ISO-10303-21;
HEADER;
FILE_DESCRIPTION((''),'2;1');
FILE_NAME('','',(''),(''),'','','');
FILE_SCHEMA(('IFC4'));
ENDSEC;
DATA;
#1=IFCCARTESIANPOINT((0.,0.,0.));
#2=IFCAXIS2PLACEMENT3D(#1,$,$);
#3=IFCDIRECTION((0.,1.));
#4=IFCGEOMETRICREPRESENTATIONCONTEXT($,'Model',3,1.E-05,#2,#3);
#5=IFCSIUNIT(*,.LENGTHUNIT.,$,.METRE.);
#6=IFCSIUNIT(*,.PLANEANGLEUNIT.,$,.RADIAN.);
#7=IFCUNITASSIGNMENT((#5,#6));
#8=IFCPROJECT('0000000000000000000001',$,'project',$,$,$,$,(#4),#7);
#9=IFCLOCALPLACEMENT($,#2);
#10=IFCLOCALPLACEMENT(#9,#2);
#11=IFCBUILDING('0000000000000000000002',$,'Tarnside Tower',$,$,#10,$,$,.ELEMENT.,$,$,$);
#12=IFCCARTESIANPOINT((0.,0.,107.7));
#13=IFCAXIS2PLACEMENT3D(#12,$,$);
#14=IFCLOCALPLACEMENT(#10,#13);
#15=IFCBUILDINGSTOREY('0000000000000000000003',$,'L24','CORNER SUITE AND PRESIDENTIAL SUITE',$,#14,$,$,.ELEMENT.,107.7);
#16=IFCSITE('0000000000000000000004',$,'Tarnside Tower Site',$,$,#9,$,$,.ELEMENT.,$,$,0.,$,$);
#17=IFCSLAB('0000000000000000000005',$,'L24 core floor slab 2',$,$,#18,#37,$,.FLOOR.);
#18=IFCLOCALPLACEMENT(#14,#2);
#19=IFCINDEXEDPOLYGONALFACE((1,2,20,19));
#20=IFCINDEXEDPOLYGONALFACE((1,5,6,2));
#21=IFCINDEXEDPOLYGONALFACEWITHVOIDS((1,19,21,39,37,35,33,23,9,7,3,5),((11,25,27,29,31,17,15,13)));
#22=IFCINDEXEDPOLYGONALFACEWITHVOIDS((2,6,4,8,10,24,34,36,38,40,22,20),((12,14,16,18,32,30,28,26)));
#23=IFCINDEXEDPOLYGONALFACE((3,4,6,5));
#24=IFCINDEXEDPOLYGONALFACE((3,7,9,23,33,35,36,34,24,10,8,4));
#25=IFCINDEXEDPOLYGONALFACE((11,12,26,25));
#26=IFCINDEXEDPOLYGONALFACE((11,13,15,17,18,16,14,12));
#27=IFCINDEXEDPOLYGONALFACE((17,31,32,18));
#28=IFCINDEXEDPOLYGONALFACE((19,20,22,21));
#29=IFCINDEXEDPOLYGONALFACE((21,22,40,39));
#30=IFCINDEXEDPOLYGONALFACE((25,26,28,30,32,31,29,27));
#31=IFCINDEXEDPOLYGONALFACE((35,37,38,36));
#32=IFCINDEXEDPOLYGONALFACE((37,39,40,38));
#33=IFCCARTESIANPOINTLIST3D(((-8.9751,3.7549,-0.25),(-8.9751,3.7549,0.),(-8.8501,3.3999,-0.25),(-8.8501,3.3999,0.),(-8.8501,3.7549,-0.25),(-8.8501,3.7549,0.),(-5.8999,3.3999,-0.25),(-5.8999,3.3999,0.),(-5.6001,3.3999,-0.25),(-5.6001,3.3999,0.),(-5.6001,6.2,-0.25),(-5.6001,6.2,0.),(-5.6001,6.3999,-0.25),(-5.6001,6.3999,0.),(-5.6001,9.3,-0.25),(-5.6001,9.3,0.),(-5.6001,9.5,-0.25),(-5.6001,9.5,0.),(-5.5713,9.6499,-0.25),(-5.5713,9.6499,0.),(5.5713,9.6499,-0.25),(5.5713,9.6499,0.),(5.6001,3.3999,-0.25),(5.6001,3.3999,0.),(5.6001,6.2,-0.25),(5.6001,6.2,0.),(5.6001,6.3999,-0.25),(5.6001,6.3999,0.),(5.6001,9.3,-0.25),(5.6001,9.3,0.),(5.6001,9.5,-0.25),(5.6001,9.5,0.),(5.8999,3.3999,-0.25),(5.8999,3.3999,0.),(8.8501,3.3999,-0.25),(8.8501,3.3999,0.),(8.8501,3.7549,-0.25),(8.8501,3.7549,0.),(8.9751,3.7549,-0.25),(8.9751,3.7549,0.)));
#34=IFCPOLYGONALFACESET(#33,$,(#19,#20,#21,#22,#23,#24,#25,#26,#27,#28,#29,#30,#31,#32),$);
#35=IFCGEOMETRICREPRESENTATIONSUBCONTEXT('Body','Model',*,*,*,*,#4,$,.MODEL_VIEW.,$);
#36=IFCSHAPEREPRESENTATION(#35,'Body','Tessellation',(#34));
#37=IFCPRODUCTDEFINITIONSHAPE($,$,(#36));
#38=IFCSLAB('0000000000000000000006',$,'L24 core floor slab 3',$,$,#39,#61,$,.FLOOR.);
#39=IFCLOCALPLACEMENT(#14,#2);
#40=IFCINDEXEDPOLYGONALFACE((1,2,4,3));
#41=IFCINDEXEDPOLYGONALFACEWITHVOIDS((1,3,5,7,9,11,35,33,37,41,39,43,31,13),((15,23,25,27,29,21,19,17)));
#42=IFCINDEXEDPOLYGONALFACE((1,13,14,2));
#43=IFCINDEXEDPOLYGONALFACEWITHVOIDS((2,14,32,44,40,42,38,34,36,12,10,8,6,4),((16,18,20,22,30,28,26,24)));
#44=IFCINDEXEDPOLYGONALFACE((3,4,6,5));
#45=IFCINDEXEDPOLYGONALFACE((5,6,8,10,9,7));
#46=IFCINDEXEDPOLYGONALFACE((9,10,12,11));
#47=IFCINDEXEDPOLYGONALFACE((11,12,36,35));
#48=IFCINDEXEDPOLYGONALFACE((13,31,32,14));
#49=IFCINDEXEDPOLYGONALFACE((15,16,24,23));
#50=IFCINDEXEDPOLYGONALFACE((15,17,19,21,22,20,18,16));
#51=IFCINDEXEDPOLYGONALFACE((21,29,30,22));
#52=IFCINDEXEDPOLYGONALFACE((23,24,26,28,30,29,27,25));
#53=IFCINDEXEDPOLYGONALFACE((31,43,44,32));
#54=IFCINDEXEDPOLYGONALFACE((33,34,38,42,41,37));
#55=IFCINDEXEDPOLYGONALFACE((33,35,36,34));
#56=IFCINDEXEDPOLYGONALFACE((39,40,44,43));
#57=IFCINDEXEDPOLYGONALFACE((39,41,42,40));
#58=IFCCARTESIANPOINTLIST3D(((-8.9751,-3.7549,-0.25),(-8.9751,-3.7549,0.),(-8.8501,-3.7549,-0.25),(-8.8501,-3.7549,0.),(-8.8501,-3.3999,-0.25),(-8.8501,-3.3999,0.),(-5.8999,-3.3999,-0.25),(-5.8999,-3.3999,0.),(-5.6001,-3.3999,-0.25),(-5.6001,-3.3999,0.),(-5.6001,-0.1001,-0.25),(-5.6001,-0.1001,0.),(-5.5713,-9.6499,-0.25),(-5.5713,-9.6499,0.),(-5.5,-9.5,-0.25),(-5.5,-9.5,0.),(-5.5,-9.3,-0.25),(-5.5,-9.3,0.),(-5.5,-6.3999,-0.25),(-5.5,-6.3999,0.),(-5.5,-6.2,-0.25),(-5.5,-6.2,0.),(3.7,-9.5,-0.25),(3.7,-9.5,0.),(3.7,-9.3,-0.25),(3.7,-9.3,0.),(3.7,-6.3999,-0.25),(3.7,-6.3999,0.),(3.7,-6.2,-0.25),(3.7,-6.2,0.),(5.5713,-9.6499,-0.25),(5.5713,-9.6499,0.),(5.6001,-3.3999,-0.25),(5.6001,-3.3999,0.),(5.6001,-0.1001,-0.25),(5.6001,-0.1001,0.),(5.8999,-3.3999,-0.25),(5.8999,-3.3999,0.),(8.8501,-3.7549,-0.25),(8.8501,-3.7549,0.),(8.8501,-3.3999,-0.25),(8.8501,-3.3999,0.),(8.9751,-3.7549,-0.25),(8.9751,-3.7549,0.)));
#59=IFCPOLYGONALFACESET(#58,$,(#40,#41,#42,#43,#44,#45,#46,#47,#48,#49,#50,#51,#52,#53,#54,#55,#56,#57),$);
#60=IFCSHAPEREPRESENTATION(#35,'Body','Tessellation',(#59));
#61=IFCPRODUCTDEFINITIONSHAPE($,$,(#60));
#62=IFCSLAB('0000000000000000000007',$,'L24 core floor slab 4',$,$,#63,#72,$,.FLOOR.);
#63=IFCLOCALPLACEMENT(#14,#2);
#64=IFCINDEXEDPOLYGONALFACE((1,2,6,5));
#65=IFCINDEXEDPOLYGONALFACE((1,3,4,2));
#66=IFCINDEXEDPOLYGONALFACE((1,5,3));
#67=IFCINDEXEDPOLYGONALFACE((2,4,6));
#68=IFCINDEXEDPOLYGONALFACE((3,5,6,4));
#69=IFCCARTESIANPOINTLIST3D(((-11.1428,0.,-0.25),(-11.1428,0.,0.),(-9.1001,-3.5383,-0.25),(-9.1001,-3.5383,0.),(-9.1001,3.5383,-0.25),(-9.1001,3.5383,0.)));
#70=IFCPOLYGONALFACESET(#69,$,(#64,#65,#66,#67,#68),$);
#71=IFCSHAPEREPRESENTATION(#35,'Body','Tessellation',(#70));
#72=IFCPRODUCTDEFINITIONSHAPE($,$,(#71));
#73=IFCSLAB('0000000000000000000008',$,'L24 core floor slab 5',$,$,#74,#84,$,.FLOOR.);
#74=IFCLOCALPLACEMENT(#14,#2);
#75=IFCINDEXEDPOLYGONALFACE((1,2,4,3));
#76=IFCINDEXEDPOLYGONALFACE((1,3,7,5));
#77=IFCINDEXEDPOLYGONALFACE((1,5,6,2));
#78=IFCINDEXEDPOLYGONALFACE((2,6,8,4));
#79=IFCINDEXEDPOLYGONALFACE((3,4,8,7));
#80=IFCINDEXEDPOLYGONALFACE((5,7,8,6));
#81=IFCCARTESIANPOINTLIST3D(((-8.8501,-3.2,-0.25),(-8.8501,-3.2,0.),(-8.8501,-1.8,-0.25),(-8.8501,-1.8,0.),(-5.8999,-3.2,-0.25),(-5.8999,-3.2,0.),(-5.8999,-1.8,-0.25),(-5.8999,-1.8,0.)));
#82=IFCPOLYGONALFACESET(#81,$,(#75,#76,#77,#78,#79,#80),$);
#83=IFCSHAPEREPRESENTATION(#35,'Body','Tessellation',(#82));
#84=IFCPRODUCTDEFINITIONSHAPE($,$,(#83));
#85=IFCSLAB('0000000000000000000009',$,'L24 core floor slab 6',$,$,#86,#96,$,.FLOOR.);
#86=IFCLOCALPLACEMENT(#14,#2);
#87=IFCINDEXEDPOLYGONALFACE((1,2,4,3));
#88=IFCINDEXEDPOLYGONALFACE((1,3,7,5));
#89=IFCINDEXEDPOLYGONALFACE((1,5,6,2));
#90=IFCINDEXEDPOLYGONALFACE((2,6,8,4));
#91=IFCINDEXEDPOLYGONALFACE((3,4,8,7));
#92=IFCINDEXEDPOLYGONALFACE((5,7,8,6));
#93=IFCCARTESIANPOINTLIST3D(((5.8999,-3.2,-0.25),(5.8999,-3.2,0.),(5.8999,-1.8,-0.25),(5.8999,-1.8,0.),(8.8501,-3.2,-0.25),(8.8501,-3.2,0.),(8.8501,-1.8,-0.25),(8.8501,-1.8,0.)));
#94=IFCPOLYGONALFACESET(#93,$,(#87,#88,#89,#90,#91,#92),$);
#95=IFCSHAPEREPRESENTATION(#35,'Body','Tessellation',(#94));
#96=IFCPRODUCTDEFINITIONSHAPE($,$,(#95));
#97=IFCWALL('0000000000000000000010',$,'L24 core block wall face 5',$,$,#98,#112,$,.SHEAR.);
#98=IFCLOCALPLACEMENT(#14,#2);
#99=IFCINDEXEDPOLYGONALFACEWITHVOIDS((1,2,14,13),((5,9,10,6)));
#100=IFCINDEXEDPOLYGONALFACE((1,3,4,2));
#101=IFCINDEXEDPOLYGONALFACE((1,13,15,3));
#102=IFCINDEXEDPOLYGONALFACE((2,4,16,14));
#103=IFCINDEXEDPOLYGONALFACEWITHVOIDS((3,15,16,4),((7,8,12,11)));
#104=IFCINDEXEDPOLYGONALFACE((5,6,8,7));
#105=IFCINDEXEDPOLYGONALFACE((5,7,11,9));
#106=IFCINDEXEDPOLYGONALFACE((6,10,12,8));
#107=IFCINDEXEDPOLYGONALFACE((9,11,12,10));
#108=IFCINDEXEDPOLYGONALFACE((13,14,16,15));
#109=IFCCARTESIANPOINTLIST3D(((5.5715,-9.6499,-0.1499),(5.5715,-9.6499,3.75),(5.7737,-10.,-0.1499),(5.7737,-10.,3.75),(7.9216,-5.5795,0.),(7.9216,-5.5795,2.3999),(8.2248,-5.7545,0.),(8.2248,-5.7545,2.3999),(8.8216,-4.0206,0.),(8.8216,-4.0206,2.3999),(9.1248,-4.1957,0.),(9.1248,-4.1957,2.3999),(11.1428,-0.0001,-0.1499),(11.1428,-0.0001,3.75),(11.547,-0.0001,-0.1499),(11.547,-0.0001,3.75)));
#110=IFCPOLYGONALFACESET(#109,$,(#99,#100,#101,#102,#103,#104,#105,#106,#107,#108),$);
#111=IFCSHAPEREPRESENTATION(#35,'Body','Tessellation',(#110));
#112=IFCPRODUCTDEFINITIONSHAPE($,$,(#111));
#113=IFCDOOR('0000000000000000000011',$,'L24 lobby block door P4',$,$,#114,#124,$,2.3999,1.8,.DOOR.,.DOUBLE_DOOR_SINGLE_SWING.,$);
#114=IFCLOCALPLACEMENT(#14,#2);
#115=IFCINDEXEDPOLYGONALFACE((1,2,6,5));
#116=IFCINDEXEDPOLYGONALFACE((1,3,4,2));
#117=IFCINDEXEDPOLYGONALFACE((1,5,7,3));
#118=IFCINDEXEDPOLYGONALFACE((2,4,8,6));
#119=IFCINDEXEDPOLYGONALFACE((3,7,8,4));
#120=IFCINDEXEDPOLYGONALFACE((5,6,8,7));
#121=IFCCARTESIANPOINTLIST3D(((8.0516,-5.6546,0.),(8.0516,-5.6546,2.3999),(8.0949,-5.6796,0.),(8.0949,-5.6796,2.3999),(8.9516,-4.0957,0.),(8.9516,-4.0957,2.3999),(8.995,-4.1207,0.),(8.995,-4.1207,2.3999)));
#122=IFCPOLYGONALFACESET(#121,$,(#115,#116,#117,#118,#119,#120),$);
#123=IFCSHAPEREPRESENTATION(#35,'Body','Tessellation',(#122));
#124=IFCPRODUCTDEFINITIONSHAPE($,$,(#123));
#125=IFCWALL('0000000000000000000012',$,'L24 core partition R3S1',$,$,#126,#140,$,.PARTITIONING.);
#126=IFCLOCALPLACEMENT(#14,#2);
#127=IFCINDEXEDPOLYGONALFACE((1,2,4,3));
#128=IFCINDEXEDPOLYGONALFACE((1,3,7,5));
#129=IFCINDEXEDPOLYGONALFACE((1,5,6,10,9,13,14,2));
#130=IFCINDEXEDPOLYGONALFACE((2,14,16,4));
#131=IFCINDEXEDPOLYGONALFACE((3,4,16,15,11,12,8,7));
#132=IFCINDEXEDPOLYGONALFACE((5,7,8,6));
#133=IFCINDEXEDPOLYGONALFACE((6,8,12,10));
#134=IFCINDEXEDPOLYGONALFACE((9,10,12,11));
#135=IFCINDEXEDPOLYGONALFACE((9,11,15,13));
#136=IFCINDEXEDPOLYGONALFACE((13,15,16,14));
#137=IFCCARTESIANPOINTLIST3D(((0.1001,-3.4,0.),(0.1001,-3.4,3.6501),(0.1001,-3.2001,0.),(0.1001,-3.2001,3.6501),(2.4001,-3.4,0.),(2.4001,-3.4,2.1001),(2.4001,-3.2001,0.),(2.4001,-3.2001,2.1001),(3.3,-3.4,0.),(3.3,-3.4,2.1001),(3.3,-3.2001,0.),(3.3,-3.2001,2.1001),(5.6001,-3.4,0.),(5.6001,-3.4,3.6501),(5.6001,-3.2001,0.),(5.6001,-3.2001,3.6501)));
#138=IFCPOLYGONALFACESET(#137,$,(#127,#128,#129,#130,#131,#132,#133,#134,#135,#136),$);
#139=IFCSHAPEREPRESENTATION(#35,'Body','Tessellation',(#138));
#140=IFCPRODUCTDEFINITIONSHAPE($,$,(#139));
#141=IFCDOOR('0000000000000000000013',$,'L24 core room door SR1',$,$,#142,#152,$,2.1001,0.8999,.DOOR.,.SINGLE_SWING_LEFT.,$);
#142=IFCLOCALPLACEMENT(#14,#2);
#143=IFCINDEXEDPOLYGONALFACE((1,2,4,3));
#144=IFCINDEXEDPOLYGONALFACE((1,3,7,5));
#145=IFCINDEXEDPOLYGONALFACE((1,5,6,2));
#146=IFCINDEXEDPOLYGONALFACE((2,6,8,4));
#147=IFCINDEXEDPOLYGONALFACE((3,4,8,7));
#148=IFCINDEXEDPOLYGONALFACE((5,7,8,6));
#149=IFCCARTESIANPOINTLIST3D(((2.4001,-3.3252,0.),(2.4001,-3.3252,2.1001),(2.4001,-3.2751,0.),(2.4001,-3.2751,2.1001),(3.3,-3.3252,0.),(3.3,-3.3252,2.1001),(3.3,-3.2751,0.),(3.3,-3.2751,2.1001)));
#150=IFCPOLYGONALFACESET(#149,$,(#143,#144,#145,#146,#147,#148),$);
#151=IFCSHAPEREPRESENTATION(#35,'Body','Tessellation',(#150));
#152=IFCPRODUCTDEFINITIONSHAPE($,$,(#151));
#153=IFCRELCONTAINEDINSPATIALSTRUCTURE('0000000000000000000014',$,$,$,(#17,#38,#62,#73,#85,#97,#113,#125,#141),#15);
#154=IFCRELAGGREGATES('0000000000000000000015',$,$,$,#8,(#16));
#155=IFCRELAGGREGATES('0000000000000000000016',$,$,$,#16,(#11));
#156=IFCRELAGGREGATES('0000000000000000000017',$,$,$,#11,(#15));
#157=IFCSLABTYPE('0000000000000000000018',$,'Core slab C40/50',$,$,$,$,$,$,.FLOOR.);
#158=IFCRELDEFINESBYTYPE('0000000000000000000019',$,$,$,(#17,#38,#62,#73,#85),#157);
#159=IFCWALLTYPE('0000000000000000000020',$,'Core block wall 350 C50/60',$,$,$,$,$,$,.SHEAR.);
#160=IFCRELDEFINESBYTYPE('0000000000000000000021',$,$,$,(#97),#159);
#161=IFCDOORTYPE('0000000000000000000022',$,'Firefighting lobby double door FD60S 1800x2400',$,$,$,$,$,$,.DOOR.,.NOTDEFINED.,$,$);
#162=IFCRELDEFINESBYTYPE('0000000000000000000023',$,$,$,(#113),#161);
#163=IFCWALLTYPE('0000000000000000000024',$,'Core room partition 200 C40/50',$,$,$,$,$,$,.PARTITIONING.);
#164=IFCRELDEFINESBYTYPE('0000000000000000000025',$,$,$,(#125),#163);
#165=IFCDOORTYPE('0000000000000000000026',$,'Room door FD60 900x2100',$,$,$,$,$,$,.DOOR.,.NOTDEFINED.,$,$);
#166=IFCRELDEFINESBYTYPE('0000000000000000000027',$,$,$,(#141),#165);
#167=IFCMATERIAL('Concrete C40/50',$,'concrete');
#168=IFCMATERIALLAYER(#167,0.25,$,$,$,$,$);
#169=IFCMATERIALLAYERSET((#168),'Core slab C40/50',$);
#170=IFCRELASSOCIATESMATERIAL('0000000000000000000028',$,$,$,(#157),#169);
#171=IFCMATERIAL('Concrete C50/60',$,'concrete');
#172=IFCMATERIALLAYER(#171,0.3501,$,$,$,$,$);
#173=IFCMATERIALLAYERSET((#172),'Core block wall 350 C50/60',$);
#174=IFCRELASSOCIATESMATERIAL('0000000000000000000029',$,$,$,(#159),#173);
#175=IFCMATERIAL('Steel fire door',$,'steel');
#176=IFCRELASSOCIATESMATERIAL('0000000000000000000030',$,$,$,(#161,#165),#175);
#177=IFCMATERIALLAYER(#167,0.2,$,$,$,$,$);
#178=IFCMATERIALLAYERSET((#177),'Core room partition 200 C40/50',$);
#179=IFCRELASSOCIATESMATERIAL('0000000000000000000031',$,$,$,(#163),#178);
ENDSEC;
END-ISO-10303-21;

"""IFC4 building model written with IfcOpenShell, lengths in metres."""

from ifc_helpers import new_model, si_unit, direction, frame, frame_2d, origin, place, context, subcontext, project, spatial, polyline, rectangle, outline, extrude, material, layer, layer_set, type_object, element, fill, save


model = new_model("IFC4")

# Units and contexts
model_context = context("Model", 3, precision=1e-05, world=origin(), true_north=direction((0.0, 1.0)))
body_context = subcontext(model_context, "Body", "Model", "MODEL_VIEW")
ifc_project = project(units=[si_unit("LENGTHUNIT", "METRE"), si_unit("PLANEANGLEUNIT", "RADIAN")], contexts=[model_context])

# Site, building, storey
site_placement = place(None, origin())
site = spatial("IfcSite", under=ifc_project, at=site_placement, Name="Tarnside Tower Site", CompositionType="ELEMENT", RefElevation=0.0)
building_placement = place(site_placement, origin())
building = spatial("IfcBuilding", under=site, at=building_placement, Name="Tarnside Tower", CompositionType="ELEMENT")
storey_placement = place(building_placement, frame((0.0, 0.0, 107.7)))
storey = spatial("IfcBuildingStorey", under=building, at=storey_placement, Name="L24", Description="CORNER SUITE AND PRESIDENTIAL SUITE", CompositionType="ELEMENT", Elevation=107.7)

# Slabs
ifc_material_1 = material(Name="Concrete C40/50", Category="concrete")
ifc_layer_1 = layer(ifc_material_1, 0.25)
ifc_layer_set_1 = layer_set([ifc_layer_1], Name="Core slab C40/50")
slab_type = type_object("IfcSlabType", Name="Core slab C40/50", PredefinedType="FLOOR", material=ifc_layer_set_1)
slab_1_placement = place(storey_placement, frame((0.0, 0.0, -0.25)))
element("IfcSlab", 1, at=slab_1_placement, inside=storey, type_object=slab_type, Name="L24 core floor slab 2", PredefinedType="FLOOR", context=body_context, shape_type="SweptSolid", body=[
    extrude(outline(polyline([(-8.9751, 3.7549), (-5.5713, 9.6499), (5.5713, 9.6499), (8.9751, 3.7549), (8.8501, 3.7549), (8.8501, 3.3999), (5.8999, 3.3999), (5.6001, 3.3999), (5.6001, 3.3999), (-5.6001, 3.3999), (-5.8999, 3.3999), (-8.8501, 3.3999), (-8.8501, 3.7549), (-8.9751, 3.7549)]), holes=[polyline([(-5.6001, 6.2), (5.6001, 6.2), (5.6001, 6.3999), (5.6001, 9.3), (5.6001, 9.5), (-5.6001, 9.5), (-5.6001, 9.3), (-5.6001, 6.3999), (-5.6001, 6.2)])]), origin(), (0.0, 0.0, 1.0), 0.25),
])
slab_2_placement = place(storey_placement, frame((0.0, 0.0, -0.25)))
element("IfcSlab", 2, at=slab_2_placement, inside=storey, type_object=slab_type, Name="L24 core floor slab 3", PredefinedType="FLOOR", context=body_context, shape_type="SweptSolid", body=[
    extrude(outline(polyline([(5.6001, -3.3999), (5.8999, -3.3999), (8.8501, -3.3999), (8.8501, -3.7549), (8.9751, -3.7549), (5.5713, -9.6499), (-5.5713, -9.6499), (-8.9751, -3.7549), (-8.8501, -3.7549), (-8.8501, -3.3999), (-5.8999, -3.3999), (-5.6001, -3.3999), (-5.6001, -0.1001), (5.6001, -0.1001), (5.6001, -3.3999)]), holes=[polyline([(-5.5, -9.3), (-5.5, -9.5), (3.7, -9.5), (3.7, -9.3), (3.7, -6.3999), (3.7, -6.2), (-5.5, -6.2), (-5.5, -6.3999), (-5.5, -9.3)])]), origin(), (0.0, 0.0, 1.0), 0.25),
])
slab_3_placement = place(storey_placement, frame((0.0, 0.0, -0.25)))
element("IfcSlab", 3, at=slab_3_placement, inside=storey, type_object=slab_type, Name="L24 core floor slab 4", PredefinedType="FLOOR", context=body_context, shape_type="SweptSolid", body=[
    extrude(outline(polyline([(-11.1428, 0.0), (-9.1001, 3.5383), (-9.1001, -3.5383), (-11.1428, 0.0)])), origin(), (0.0, 0.0, 1.0), 0.25),
])
slab_4_placement = place(storey_placement, frame((0.0, 0.0, -0.25)))
element("IfcSlab", 4, at=slab_4_placement, inside=storey, type_object=slab_type, Name="L24 core floor slab 5", PredefinedType="FLOOR", context=body_context, shape_type="SweptSolid", body=[
    extrude(outline(polyline([(-8.8501, -1.8), (-5.8999, -1.8), (-5.8999, -3.2), (-8.8501, -3.2), (-8.8501, -1.8)])), origin(), (0.0, 0.0, 1.0), 0.25),
])
slab_5_placement = place(storey_placement, frame((0.0, 0.0, -0.25)))
element("IfcSlab", 5, at=slab_5_placement, inside=storey, type_object=slab_type, Name="L24 core floor slab 6", PredefinedType="FLOOR", context=body_context, shape_type="SweptSolid", body=[
    extrude(outline(polyline([(5.8999, -3.2), (5.8999, -1.8), (8.8501, -1.8), (8.8501, -3.2), (5.8999, -3.2)])), origin(), (0.0, 0.0, 1.0), 0.25),
])

# Walls, openings, doors
ifc_material_2 = material(Name="Concrete C50/60", Category="concrete")
ifc_layer_2 = layer(ifc_material_2, 0.3501)
ifc_layer_set_2 = layer_set([ifc_layer_2], Name="Core block wall 350 C50/60")
wall_type_1 = type_object("IfcWallType", Name="Core block wall 350 C50/60", PredefinedType="SHEAR", material=ifc_layer_set_2)
wall_1_placement = place(storey_placement, frame((5.6726, -9.825, -0.1499), z_axis=(0.0, 0.0, 1.0), x_axis=(0.499995, 0.866028, 0.0)))
wall_1 = element("IfcWall", 6, at=wall_1_placement, inside=storey, type_object=wall_type_1, Name="L24 core block wall face 5", PredefinedType="SHEAR", context=body_context, shape_type="SweptSolid", body=[
    extrude(outline(polyline([(-0.1011, -0.175), (11.4458, -0.175), (11.2437, 0.175), (0.1011, 0.175), (-0.1011, -0.175)])), origin(), (0.0, 0.0, 1.0), 3.8999),
])
opening_1_placement = place(wall_1_placement, frame((4.8013, 0.0, 0.1499)))
opening_1 = element("IfcOpeningElement", 7, at=opening_1_placement, cuts=wall_1, PredefinedType="OPENING", context=body_context, shape_type="SweptSolid", body=[
    extrude(rectangle(XDim=1.8, YDim=2.3999, at=frame_2d((0.8999, 1.2))), frame((0.0, 0.1851, 0.0), z_axis=(0.0, -1.0, 0.0), x_axis=(1.0, 0.0, 0.0)), (0.0, 0.0, 1.0), 0.3701),
])
ifc_material_3 = material(Name="Steel fire door", Category="steel")
door_type_1 = type_object("IfcDoorType", Name="Firefighting lobby double door FD60S 1800x2400", OperationType="NOTDEFINED", PredefinedType="DOOR", material=ifc_material_3)
door_1_placement = place(opening_1_placement, origin())
door_1 = element("IfcDoor", 8, at=door_1_placement, inside=storey, type_object=door_type_1, Name="L24 lobby block door P4", OperationType="DOUBLE_DOOR_SINGLE_SWING", OverallHeight=2.3999, OverallWidth=1.8, PredefinedType="DOOR", context=body_context, shape_type="SweptSolid", body=[
    extrude(rectangle(XDim=1.8, YDim=2.3999, at=frame_2d((0.8999, 1.2))), frame((0.0, 0.0249, 0.0), z_axis=(0.0, -1.0, 0.0), x_axis=(1.0, 0.0, 0.0)), (0.0, 0.0, 1.0), 0.05),
])
fill(opening_1, door_1)
ifc_layer_3 = layer(ifc_material_1, 0.2)
ifc_layer_set_3 = layer_set([ifc_layer_3], Name="Core room partition 200 C40/50")
wall_type_2 = type_object("IfcWallType", Name="Core room partition 200 C40/50", PredefinedType="PARTITIONING", material=ifc_layer_set_3)
wall_2_placement = place(storey_placement, frame((0.1001, -3.3, 0.0), z_axis=(0.0, 0.0, 1.0), x_axis=(1.0, 0.0, 0.0)))
wall_2 = element("IfcWall", 9, at=wall_2_placement, inside=storey, type_object=wall_type_2, Name="L24 core partition R3S1", PredefinedType="PARTITIONING", context=body_context, shape_type="SweptSolid", body=[
    extrude(rectangle(XDim=5.5, YDim=0.2, at=frame_2d((2.75, 0.0))), origin(), (0.0, 0.0, 1.0), 3.6501),
])
opening_2_placement = place(wall_2_placement, frame((2.3, 0.0, 0.0)))
opening_2 = element("IfcOpeningElement", 10, at=opening_2_placement, cuts=wall_2, PredefinedType="OPENING", context=body_context, shape_type="SweptSolid", body=[
    extrude(rectangle(XDim=0.8999, YDim=2.1001, at=frame_2d((0.45, 1.05))), frame((0.0, 0.1099, 0.0), z_axis=(0.0, -1.0, 0.0), x_axis=(1.0, 0.0, 0.0)), (0.0, 0.0, 1.0), 0.22),
])
door_type_2 = type_object("IfcDoorType", Name="Room door FD60 900x2100", OperationType="NOTDEFINED", PredefinedType="DOOR", material=ifc_material_3)
door_2_placement = place(opening_2_placement, origin())
door_2 = element("IfcDoor", 11, at=door_2_placement, inside=storey, type_object=door_type_2, Name="L24 core room door SR1", OperationType="SINGLE_SWING_LEFT", OverallHeight=2.1001, OverallWidth=0.8999, PredefinedType="DOOR", context=body_context, shape_type="SweptSolid", body=[
    extrude(rectangle(XDim=0.8999, YDim=2.1001, at=frame_2d((0.45, 1.05))), frame((0.0, 0.0249, 0.0), z_axis=(0.0, -1.0, 0.0), x_axis=(1.0, 0.0, 0.0)), (0.0, 0.0, 1.0), 0.05),
])
fill(opening_2, door_2)

save(model, "model.ifc")
